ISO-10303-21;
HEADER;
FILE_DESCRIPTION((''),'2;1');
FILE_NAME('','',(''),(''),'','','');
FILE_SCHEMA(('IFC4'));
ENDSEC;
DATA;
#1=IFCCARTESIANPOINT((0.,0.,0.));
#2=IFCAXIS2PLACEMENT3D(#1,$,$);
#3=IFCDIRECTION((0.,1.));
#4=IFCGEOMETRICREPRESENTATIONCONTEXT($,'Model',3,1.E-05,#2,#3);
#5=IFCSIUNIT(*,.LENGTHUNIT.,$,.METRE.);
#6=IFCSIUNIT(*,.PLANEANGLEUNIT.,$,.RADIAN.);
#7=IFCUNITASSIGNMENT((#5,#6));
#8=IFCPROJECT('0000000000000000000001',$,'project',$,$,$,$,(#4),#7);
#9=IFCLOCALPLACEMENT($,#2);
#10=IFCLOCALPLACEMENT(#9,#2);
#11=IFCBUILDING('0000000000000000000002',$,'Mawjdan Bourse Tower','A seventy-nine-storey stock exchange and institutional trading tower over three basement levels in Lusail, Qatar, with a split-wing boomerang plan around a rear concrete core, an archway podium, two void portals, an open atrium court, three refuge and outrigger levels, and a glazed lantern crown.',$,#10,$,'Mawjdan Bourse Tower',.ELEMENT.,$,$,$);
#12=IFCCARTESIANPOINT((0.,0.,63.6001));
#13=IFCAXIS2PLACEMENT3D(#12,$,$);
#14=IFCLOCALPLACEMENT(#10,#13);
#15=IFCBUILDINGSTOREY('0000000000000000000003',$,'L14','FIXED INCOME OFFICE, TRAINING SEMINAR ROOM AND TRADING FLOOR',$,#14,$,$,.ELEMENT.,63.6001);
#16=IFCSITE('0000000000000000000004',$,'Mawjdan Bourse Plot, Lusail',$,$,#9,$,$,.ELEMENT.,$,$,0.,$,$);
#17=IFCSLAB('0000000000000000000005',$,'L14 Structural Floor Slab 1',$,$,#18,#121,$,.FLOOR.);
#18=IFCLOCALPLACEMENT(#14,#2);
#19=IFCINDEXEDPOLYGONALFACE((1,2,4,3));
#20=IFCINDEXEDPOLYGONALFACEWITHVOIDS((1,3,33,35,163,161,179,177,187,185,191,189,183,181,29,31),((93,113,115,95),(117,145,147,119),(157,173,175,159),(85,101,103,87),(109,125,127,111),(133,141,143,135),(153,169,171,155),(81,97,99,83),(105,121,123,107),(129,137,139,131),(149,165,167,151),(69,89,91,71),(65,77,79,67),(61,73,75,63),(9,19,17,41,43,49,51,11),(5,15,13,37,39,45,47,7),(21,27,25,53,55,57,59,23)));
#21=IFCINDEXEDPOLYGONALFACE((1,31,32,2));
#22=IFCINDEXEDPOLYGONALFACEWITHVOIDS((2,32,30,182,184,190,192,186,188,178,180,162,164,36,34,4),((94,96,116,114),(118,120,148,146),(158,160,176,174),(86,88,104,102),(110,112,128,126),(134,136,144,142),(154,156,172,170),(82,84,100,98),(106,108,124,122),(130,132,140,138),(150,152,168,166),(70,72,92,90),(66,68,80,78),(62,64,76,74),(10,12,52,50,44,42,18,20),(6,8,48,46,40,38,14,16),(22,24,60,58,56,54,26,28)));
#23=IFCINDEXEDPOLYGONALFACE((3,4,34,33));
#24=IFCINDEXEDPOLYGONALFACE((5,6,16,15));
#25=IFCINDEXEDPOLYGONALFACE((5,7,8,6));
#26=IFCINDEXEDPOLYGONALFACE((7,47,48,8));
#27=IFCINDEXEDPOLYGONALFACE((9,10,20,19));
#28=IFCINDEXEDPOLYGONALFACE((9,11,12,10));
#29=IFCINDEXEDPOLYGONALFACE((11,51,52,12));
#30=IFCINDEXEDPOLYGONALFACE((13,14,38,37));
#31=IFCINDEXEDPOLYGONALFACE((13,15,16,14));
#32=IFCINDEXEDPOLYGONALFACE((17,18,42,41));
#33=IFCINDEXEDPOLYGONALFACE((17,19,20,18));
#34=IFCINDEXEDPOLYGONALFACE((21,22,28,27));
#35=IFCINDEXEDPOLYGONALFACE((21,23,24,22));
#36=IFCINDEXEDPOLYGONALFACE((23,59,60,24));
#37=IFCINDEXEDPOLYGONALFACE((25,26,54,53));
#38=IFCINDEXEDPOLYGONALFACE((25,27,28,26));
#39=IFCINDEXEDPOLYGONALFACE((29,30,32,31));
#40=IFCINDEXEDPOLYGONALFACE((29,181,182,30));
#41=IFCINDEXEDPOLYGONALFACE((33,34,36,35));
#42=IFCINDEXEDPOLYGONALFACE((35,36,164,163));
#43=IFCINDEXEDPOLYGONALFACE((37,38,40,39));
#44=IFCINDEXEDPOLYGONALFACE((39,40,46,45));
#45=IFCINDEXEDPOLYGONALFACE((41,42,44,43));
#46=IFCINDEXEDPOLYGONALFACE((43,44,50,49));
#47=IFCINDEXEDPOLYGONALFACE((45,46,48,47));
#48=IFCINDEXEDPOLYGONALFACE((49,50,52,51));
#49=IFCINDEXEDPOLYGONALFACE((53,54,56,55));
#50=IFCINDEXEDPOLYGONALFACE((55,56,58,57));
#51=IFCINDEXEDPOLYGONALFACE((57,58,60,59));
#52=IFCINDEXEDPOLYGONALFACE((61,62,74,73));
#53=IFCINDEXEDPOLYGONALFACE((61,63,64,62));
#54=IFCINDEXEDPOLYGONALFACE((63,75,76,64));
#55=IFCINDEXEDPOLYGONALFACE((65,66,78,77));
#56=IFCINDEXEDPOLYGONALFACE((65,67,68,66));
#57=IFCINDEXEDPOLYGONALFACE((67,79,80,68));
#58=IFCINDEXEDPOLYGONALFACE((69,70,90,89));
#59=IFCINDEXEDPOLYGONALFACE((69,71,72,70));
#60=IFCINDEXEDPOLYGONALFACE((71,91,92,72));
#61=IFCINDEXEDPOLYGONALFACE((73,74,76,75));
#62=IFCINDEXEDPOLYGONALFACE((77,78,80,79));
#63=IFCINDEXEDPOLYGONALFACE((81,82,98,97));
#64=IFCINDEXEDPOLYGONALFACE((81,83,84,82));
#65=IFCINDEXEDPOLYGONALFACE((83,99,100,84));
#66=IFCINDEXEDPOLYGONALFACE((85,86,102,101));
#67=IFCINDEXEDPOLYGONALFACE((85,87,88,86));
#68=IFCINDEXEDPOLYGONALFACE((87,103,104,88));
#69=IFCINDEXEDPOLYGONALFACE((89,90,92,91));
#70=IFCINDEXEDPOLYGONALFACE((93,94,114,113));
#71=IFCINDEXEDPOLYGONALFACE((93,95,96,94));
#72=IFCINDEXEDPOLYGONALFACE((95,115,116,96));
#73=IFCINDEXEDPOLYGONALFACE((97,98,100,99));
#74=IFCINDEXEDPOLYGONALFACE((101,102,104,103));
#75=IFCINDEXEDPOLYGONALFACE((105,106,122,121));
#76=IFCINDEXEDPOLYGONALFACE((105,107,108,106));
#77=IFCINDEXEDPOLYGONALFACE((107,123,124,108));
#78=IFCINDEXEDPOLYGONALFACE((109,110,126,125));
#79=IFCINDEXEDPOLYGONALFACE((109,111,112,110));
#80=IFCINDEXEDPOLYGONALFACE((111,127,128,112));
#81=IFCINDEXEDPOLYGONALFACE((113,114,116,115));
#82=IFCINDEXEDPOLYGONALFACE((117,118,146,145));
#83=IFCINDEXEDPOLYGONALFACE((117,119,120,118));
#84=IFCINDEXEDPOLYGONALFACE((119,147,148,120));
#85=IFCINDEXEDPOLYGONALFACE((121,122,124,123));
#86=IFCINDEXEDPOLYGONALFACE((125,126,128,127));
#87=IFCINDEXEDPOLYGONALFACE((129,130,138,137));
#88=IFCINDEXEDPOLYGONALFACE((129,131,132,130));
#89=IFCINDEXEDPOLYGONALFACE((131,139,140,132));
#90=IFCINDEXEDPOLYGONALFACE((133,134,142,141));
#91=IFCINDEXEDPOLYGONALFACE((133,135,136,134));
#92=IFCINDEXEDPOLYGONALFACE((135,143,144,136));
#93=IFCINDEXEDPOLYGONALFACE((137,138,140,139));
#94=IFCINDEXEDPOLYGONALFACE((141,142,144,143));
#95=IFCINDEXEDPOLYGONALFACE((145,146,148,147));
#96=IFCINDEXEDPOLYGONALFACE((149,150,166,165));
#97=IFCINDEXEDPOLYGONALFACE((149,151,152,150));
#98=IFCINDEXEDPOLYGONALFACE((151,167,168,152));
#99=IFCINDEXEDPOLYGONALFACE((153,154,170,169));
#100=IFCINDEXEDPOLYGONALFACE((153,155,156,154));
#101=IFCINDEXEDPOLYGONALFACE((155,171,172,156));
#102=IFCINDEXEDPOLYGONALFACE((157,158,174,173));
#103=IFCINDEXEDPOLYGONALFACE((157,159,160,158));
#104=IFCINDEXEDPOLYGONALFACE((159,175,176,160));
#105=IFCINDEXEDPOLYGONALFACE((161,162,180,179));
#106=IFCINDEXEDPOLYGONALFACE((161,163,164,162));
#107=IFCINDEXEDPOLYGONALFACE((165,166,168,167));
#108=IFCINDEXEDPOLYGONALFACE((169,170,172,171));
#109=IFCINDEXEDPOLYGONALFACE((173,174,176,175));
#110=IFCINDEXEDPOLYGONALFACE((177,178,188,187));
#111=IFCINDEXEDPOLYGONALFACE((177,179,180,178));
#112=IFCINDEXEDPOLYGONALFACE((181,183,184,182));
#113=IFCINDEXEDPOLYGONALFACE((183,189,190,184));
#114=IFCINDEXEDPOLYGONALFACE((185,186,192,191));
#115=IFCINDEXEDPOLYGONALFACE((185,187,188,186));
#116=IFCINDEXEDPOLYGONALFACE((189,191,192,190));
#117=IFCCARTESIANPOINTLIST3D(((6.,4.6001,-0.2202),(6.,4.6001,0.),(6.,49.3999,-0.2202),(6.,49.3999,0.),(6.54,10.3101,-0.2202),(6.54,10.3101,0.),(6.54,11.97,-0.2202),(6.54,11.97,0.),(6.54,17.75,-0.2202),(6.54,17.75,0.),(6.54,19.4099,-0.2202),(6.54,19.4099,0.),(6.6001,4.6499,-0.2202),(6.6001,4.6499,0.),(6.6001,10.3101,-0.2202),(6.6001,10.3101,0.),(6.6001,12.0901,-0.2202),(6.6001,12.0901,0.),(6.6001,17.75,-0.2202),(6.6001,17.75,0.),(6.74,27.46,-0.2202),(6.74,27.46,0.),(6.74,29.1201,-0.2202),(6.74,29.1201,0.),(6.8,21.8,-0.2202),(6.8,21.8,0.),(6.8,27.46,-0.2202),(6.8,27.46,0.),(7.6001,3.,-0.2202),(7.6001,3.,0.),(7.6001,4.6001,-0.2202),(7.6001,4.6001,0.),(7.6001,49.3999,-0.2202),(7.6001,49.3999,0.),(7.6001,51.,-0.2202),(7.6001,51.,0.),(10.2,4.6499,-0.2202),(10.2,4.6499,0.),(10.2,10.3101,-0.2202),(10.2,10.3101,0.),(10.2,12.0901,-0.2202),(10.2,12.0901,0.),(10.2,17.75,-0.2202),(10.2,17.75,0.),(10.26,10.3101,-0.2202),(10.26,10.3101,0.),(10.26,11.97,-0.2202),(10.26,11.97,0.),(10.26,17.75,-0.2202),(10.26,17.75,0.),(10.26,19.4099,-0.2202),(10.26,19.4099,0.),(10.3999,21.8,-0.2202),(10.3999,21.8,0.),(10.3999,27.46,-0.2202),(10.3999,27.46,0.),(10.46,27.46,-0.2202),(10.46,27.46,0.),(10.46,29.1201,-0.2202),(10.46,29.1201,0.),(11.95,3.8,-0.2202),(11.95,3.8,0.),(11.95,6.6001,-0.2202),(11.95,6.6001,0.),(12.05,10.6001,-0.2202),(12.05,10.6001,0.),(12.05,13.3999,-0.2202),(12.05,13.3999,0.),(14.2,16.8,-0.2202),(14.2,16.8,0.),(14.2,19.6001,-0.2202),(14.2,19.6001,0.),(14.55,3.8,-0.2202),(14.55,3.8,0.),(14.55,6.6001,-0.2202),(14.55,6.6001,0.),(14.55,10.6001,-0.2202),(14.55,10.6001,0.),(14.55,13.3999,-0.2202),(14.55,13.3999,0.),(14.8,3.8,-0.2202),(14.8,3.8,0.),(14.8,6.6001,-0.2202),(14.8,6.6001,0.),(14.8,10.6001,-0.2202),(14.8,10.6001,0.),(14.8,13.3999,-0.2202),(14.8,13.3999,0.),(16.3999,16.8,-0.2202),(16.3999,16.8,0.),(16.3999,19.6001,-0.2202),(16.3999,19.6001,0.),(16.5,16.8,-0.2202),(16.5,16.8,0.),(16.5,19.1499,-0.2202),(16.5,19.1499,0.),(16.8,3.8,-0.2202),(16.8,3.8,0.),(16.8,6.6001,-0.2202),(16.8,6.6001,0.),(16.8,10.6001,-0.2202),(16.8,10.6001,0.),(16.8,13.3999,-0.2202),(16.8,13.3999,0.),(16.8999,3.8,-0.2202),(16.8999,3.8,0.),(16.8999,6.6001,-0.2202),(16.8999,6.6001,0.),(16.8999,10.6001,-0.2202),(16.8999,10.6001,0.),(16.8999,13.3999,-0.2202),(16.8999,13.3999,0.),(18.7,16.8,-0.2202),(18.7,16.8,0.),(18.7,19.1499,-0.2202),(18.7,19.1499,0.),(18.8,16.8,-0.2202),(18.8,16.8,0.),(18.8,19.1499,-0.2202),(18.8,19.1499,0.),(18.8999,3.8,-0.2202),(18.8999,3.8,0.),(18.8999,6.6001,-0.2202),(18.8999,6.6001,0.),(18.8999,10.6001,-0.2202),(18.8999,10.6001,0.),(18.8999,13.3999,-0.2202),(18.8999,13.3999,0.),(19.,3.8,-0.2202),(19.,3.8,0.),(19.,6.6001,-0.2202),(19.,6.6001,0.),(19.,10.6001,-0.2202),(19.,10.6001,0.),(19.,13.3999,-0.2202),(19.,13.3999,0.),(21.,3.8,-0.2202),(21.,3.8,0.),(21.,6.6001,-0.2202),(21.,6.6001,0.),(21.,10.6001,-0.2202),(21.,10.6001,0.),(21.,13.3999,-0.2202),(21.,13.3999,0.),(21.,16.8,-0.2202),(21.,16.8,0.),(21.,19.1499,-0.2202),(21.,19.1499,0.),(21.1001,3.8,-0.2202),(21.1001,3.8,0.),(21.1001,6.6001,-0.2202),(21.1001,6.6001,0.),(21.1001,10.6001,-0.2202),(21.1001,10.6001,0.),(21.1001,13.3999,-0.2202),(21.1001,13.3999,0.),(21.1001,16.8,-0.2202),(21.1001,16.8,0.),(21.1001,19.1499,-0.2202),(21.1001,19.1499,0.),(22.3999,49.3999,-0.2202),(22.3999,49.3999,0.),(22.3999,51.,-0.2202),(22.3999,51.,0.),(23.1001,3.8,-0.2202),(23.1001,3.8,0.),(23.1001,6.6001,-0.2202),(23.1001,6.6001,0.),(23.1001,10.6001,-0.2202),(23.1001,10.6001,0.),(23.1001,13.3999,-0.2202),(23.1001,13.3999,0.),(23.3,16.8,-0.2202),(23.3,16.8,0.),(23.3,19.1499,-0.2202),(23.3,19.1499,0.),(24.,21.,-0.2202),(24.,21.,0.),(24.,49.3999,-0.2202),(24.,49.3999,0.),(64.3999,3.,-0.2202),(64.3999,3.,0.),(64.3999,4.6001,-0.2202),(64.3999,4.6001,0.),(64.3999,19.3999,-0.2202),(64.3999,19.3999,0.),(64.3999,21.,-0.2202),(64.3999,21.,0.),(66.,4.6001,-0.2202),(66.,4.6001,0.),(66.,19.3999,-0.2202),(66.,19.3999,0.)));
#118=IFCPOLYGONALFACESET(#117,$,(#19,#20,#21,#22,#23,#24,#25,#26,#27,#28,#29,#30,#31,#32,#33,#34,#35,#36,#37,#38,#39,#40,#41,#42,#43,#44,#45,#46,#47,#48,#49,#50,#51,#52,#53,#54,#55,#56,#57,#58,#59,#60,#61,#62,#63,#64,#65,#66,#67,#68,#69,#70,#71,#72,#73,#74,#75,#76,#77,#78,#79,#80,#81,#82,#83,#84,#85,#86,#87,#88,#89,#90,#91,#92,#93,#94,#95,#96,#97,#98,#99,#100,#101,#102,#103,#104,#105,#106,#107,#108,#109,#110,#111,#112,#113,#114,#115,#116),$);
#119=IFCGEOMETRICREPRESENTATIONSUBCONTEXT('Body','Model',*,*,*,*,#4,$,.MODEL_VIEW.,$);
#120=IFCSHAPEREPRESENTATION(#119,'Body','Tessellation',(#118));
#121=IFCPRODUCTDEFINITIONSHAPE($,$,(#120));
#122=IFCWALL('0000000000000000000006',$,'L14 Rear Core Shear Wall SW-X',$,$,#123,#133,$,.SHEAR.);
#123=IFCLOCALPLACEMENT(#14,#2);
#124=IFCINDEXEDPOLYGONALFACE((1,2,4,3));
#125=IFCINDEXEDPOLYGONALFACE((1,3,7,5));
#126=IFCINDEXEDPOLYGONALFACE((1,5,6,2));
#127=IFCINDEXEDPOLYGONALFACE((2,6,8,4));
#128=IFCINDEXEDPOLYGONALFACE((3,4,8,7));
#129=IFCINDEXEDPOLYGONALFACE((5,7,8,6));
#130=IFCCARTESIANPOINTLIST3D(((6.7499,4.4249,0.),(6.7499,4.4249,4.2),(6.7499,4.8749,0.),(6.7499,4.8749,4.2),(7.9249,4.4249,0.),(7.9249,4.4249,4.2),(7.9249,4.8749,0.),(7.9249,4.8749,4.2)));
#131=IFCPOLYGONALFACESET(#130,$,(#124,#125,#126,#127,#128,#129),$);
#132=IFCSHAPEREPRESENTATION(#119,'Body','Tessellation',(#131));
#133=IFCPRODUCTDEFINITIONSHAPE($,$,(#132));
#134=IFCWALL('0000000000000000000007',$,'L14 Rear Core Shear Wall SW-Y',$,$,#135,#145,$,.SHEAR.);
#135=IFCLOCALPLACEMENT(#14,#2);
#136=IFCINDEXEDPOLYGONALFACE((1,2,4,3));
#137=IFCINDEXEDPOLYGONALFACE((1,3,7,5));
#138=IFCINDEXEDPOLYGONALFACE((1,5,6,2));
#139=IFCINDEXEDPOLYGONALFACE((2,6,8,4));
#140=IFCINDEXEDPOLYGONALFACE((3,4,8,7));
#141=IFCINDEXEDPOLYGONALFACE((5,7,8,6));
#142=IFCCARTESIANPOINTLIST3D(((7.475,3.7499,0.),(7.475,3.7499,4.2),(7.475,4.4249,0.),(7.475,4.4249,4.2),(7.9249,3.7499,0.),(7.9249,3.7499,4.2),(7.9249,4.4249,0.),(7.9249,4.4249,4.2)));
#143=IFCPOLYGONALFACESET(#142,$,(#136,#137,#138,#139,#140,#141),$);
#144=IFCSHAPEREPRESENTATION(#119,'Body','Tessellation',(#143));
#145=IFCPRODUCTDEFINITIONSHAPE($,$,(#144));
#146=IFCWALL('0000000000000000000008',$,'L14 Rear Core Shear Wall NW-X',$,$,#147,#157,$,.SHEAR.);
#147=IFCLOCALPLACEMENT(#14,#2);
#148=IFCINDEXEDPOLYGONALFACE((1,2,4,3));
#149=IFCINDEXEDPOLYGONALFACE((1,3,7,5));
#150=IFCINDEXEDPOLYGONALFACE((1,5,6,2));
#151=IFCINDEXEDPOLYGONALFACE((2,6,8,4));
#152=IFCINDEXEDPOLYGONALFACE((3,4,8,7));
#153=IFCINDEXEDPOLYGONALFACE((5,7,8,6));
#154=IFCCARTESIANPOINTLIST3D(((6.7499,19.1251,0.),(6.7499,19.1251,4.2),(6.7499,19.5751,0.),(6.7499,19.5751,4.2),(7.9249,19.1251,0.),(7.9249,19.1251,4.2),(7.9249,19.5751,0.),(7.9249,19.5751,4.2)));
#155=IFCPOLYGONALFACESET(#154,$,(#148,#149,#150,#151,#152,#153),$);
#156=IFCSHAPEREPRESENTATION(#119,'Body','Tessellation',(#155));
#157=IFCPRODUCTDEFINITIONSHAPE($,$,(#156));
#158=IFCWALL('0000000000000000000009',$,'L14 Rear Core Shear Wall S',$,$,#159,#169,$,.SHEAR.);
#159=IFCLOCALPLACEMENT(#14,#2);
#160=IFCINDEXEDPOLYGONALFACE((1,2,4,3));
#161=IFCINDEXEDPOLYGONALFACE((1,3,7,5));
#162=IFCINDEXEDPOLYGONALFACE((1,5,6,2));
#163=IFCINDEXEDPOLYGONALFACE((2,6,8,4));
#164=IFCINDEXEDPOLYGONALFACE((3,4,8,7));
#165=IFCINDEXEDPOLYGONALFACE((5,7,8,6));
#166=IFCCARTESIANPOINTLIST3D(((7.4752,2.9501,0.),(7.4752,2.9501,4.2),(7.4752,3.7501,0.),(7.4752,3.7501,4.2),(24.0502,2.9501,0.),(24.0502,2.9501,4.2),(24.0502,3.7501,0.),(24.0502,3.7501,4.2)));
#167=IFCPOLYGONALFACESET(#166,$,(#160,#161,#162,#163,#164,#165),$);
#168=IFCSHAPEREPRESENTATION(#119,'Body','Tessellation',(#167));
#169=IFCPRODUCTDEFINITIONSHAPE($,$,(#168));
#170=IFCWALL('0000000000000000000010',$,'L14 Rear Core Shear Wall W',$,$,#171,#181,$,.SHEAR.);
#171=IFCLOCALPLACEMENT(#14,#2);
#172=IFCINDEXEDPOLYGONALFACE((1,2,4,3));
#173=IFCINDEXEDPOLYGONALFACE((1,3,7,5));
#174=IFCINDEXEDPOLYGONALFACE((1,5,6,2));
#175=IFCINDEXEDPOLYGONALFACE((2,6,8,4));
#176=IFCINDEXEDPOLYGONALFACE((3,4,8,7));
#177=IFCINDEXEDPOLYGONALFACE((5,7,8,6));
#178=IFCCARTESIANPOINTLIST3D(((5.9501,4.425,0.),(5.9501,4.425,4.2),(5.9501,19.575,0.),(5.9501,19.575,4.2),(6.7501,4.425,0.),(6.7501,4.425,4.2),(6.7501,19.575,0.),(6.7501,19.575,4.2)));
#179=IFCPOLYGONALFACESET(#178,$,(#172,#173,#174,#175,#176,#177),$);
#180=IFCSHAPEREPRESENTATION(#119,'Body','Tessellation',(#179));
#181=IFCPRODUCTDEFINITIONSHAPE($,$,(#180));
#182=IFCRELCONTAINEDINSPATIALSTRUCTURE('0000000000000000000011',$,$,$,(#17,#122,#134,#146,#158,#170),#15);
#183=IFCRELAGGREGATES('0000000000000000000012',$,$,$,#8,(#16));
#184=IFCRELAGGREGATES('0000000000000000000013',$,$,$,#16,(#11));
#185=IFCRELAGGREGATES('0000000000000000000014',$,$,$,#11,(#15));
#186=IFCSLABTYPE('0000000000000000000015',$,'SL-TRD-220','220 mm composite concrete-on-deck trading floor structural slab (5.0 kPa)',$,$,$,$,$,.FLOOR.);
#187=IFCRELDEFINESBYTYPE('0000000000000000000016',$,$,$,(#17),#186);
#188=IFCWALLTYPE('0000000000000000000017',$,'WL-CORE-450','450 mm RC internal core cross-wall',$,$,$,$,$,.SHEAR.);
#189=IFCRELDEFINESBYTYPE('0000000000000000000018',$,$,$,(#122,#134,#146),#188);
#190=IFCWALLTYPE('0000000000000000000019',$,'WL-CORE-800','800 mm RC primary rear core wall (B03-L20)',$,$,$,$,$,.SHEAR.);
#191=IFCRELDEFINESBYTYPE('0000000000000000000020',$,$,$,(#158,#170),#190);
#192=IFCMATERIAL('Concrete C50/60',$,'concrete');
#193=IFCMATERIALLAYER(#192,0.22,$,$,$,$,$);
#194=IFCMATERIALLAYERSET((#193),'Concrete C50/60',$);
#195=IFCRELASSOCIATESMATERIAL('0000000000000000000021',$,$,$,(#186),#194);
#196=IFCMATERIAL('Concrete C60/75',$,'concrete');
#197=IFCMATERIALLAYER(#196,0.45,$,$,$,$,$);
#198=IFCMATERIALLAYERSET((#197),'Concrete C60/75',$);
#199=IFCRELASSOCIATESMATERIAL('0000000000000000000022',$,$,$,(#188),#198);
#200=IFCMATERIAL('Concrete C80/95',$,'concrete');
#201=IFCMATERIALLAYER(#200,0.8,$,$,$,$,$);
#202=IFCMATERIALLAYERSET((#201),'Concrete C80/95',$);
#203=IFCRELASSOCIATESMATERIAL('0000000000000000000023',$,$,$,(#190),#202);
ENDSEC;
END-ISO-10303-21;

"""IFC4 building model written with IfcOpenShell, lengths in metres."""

from ifc_helpers import new_model, si_unit, direction, frame, frame_2d, origin, place, context, subcontext, project, spatial, polyline, rectangle, outline, extrude, material, layer, layer_set, type_object, element, save


model = new_model("IFC4")

# Units and contexts
model_context = context("Model", 3, precision=1e-05, world=origin(), true_north=direction((0.0, 1.0)))
body_context = subcontext(model_context, "Body", "Model", "MODEL_VIEW")
ifc_project = project(units=[si_unit("LENGTHUNIT", "METRE"), si_unit("PLANEANGLEUNIT", "RADIAN")], contexts=[model_context])

# Site, building, storey
site_placement = place(None, origin())
site = spatial("IfcSite", under=ifc_project, at=site_placement, Name="Mawjdan Bourse Plot, Lusail", CompositionType="ELEMENT", RefElevation=0.0)
building_placement = place(site_placement, origin())
building = spatial("IfcBuilding", under=site, at=building_placement, Name="Mawjdan Bourse Tower", Description="A seventy-nine-storey stock exchange and institutional trading tower over three basement levels in Lusail, Qatar, with a split-wing boomerang plan around a rear concrete core, an archway podium, two void portals, an open atrium court, three refuge and outrigger levels, and a glazed lantern crown.", LongName="Mawjdan Bourse Tower", CompositionType="ELEMENT")
storey_placement = place(building_placement, frame((0.0, 0.0, 63.6001)))
storey = spatial("IfcBuildingStorey", under=building, at=storey_placement, Name="L14", Description="FIXED INCOME OFFICE, TRAINING SEMINAR ROOM AND TRADING FLOOR", CompositionType="ELEMENT", Elevation=63.6001)

# Shared definitions
ifc_material_1 = material(Name="Concrete C50/60", Category="concrete")

# Slab
ifc_layer_1 = layer(ifc_material_1, 0.22)
ifc_layer_set_1 = layer_set([ifc_layer_1], Name="Concrete C50/60")
slab_type_1 = type_object("IfcSlabType", Name="SL-TRD-220", Description="220 mm composite concrete-on-deck trading floor structural slab (5.0 kPa)", PredefinedType="FLOOR", material=ifc_layer_set_1)
slab_1_placement = place(storey_placement, frame((0.0, 0.0, -0.2202)))
element("IfcSlab", 1, at=slab_1_placement, inside=storey, type_object=slab_type_1, Name="L14 Structural Floor Slab 1", PredefinedType="FLOOR", context=body_context, shape_type="SweptSolid", body=[
    extrude(outline(polyline([(7.6001, 3.0), (64.3999, 3.0), (64.3999, 4.6001), (66.0, 4.6001), (66.0, 19.3999), (64.3999, 19.3999), (64.3999, 21.0), (24.0, 21.0), (24.0, 49.3999), (22.3999, 49.3999), (22.3999, 51.0), (7.6001, 51.0), (7.6001, 49.3999), (6.0, 49.3999), (6.0, 4.6001), (7.6001, 4.6001), (7.6001, 3.0)]), holes=[polyline([(11.95, 3.8), (11.95, 6.6001), (14.55, 6.6001), (14.55, 3.8), (11.95, 3.8)]), polyline([(14.8, 3.8), (14.8, 6.6001), (16.8, 6.6001), (16.8, 3.8), (14.8, 3.8)]), polyline([(10.26, 11.97), (10.26, 10.3101), (10.2, 10.3101), (10.2, 4.6499), (6.6001, 4.6499), (6.6001, 10.3101), (6.54, 10.3101), (6.54, 11.97), (10.26, 11.97)]), polyline([(12.05, 13.3999), (14.55, 13.3999), (14.55, 10.6001), (12.05, 10.6001), (12.05, 13.3999)]), polyline([(6.6001, 17.75), (6.54, 17.75), (6.54, 19.4099), (10.26, 19.4099), (10.26, 17.75), (10.2, 17.75), (10.2, 12.0901), (6.6001, 12.0901), (6.6001, 17.75)]), polyline([(14.2, 16.8), (14.2, 19.6001), (16.3999, 19.6001), (16.3999, 16.8), (14.2, 16.8)]), polyline([(10.46, 27.46), (10.3999, 27.46), (10.3999, 21.8), (6.8, 21.8), (6.8, 27.46), (6.74, 27.46), (6.74, 29.1201), (10.46, 29.1201), (10.46, 27.46)]), polyline([(16.8999, 3.8), (16.8999, 6.6001), (18.8999, 6.6001), (18.8999, 3.8), (16.8999, 3.8)]), polyline([(19.0, 3.8), (19.0, 6.6001), (21.0, 6.6001), (21.0, 3.8), (19.0, 3.8)]), polyline([(21.1001, 3.8), (21.1001, 6.6001), (23.1001, 6.6001), (23.1001, 3.8), (21.1001, 3.8)]), polyline([(14.8, 13.3999), (16.8, 13.3999), (16.8, 10.6001), (14.8, 10.6001), (14.8, 13.3999)]), polyline([(16.8999, 13.3999), (18.8999, 13.3999), (18.8999, 10.6001), (16.8999, 10.6001), (16.8999, 13.3999)]), polyline([(19.0, 10.6001), (19.0, 13.3999), (21.0, 13.3999), (21.0, 10.6001), (19.0, 10.6001)]), polyline([(21.1001, 10.6001), (21.1001, 13.3999), (23.1001, 13.3999), (23.1001, 10.6001), (21.1001, 10.6001)]), polyline([(16.5, 16.8), (16.5, 19.1499), (18.7, 19.1499), (18.7, 16.8), (16.5, 16.8)]), polyline([(18.8, 19.1499), (21.0, 19.1499), (21.0, 16.8), (18.8, 16.8), (18.8, 19.1499)]), polyline([(21.1001, 19.1499), (23.3, 19.1499), (23.3, 16.8), (21.1001, 16.8), (21.1001, 19.1499)])]), origin(), (0.0, 0.0, 1.0), 0.2202),
])

# Walls
ifc_material_2 = material(Name="Concrete C60/75", Category="concrete")
ifc_layer_2 = layer(ifc_material_2, 0.45)
ifc_layer_set_2 = layer_set([ifc_layer_2], Name="Concrete C60/75")
wall_type_1 = type_object("IfcWallType", Name="WL-CORE-450", Description="450 mm RC internal core cross-wall", PredefinedType="SHEAR", material=ifc_layer_set_2)
wall_1_placement = place(storey_placement, frame((6.75, 4.6499, 0.0), z_axis=(0.0, 0.0, 1.0), x_axis=(1.0, 0.0, 0.0)))
element("IfcWall", 2, at=wall_1_placement, inside=storey, type_object=wall_type_1, Name="L14 Rear Core Shear Wall SW-X", PredefinedType="SHEAR", context=body_context, shape_type="SweptSolid", body=[
    extrude(rectangle(XDim=1.175, YDim=0.45, at=frame_2d((0.5874, 0.0))), origin(), (0.0, 0.0, 1.0), 4.2),
])
wall_2_placement = place(storey_placement, frame((7.7, 3.75, 0.0), z_axis=(0.0, 0.0, 1.0), x_axis=(0.0, 1.0, 0.0)))
element("IfcWall", 3, at=wall_2_placement, inside=storey, type_object=wall_type_1, Name="L14 Rear Core Shear Wall SW-Y", PredefinedType="SHEAR", context=body_context, shape_type="SweptSolid", body=[
    extrude(rectangle(XDim=0.675, YDim=0.45, at=frame_2d((0.3374, 0.0))), origin(), (0.0, 0.0, 1.0), 4.2),
])
wall_3_placement = place(storey_placement, frame((6.75, 19.3501, 0.0), z_axis=(0.0, 0.0, 1.0), x_axis=(1.0, 0.0, 0.0)))
element("IfcWall", 4, at=wall_3_placement, inside=storey, type_object=wall_type_1, Name="L14 Rear Core Shear Wall NW-X", PredefinedType="SHEAR", context=body_context, shape_type="SweptSolid", body=[
    extrude(rectangle(XDim=1.175, YDim=0.45, at=frame_2d((0.5874, 0.0))), origin(), (0.0, 0.0, 1.0), 4.2),
])
ifc_material_3 = material(Name="Concrete C80/95", Category="concrete")
ifc_layer_3 = layer(ifc_material_3, 0.8)
ifc_layer_set_3 = layer_set([ifc_layer_3], Name="Concrete C80/95")
wall_type_2 = type_object("IfcWallType", Name="WL-CORE-800", Description="800 mm RC primary rear core wall (B03-L20)", PredefinedType="SHEAR", material=ifc_layer_set_3)
wall_4_placement = place(storey_placement, frame((7.4751, 3.3501, 0.0), z_axis=(0.0, 0.0, 1.0), x_axis=(1.0, 0.0, 0.0)))
element("IfcWall", 5, at=wall_4_placement, inside=storey, type_object=wall_type_2, Name="L14 Rear Core Shear Wall S", PredefinedType="SHEAR", context=body_context, shape_type="SweptSolid", body=[
    extrude(rectangle(XDim=16.575, YDim=0.8, at=frame_2d((8.2876, 0.0))), origin(), (0.0, 0.0, 1.0), 4.2),
])
wall_5_placement = place(storey_placement, frame((6.3501, 4.425, 0.0), z_axis=(0.0, 0.0, 1.0), x_axis=(0.0, 1.0, 0.0)))
element("IfcWall", 6, at=wall_5_placement, inside=storey, type_object=wall_type_2, Name="L14 Rear Core Shear Wall W", PredefinedType="SHEAR", context=body_context, shape_type="SweptSolid", body=[
    extrude(rectangle(XDim=15.1499, YDim=0.8, at=frame_2d((7.575, 0.0))), origin(), (0.0, 0.0, 1.0), 4.2),
])

save(model, "model.ifc")
